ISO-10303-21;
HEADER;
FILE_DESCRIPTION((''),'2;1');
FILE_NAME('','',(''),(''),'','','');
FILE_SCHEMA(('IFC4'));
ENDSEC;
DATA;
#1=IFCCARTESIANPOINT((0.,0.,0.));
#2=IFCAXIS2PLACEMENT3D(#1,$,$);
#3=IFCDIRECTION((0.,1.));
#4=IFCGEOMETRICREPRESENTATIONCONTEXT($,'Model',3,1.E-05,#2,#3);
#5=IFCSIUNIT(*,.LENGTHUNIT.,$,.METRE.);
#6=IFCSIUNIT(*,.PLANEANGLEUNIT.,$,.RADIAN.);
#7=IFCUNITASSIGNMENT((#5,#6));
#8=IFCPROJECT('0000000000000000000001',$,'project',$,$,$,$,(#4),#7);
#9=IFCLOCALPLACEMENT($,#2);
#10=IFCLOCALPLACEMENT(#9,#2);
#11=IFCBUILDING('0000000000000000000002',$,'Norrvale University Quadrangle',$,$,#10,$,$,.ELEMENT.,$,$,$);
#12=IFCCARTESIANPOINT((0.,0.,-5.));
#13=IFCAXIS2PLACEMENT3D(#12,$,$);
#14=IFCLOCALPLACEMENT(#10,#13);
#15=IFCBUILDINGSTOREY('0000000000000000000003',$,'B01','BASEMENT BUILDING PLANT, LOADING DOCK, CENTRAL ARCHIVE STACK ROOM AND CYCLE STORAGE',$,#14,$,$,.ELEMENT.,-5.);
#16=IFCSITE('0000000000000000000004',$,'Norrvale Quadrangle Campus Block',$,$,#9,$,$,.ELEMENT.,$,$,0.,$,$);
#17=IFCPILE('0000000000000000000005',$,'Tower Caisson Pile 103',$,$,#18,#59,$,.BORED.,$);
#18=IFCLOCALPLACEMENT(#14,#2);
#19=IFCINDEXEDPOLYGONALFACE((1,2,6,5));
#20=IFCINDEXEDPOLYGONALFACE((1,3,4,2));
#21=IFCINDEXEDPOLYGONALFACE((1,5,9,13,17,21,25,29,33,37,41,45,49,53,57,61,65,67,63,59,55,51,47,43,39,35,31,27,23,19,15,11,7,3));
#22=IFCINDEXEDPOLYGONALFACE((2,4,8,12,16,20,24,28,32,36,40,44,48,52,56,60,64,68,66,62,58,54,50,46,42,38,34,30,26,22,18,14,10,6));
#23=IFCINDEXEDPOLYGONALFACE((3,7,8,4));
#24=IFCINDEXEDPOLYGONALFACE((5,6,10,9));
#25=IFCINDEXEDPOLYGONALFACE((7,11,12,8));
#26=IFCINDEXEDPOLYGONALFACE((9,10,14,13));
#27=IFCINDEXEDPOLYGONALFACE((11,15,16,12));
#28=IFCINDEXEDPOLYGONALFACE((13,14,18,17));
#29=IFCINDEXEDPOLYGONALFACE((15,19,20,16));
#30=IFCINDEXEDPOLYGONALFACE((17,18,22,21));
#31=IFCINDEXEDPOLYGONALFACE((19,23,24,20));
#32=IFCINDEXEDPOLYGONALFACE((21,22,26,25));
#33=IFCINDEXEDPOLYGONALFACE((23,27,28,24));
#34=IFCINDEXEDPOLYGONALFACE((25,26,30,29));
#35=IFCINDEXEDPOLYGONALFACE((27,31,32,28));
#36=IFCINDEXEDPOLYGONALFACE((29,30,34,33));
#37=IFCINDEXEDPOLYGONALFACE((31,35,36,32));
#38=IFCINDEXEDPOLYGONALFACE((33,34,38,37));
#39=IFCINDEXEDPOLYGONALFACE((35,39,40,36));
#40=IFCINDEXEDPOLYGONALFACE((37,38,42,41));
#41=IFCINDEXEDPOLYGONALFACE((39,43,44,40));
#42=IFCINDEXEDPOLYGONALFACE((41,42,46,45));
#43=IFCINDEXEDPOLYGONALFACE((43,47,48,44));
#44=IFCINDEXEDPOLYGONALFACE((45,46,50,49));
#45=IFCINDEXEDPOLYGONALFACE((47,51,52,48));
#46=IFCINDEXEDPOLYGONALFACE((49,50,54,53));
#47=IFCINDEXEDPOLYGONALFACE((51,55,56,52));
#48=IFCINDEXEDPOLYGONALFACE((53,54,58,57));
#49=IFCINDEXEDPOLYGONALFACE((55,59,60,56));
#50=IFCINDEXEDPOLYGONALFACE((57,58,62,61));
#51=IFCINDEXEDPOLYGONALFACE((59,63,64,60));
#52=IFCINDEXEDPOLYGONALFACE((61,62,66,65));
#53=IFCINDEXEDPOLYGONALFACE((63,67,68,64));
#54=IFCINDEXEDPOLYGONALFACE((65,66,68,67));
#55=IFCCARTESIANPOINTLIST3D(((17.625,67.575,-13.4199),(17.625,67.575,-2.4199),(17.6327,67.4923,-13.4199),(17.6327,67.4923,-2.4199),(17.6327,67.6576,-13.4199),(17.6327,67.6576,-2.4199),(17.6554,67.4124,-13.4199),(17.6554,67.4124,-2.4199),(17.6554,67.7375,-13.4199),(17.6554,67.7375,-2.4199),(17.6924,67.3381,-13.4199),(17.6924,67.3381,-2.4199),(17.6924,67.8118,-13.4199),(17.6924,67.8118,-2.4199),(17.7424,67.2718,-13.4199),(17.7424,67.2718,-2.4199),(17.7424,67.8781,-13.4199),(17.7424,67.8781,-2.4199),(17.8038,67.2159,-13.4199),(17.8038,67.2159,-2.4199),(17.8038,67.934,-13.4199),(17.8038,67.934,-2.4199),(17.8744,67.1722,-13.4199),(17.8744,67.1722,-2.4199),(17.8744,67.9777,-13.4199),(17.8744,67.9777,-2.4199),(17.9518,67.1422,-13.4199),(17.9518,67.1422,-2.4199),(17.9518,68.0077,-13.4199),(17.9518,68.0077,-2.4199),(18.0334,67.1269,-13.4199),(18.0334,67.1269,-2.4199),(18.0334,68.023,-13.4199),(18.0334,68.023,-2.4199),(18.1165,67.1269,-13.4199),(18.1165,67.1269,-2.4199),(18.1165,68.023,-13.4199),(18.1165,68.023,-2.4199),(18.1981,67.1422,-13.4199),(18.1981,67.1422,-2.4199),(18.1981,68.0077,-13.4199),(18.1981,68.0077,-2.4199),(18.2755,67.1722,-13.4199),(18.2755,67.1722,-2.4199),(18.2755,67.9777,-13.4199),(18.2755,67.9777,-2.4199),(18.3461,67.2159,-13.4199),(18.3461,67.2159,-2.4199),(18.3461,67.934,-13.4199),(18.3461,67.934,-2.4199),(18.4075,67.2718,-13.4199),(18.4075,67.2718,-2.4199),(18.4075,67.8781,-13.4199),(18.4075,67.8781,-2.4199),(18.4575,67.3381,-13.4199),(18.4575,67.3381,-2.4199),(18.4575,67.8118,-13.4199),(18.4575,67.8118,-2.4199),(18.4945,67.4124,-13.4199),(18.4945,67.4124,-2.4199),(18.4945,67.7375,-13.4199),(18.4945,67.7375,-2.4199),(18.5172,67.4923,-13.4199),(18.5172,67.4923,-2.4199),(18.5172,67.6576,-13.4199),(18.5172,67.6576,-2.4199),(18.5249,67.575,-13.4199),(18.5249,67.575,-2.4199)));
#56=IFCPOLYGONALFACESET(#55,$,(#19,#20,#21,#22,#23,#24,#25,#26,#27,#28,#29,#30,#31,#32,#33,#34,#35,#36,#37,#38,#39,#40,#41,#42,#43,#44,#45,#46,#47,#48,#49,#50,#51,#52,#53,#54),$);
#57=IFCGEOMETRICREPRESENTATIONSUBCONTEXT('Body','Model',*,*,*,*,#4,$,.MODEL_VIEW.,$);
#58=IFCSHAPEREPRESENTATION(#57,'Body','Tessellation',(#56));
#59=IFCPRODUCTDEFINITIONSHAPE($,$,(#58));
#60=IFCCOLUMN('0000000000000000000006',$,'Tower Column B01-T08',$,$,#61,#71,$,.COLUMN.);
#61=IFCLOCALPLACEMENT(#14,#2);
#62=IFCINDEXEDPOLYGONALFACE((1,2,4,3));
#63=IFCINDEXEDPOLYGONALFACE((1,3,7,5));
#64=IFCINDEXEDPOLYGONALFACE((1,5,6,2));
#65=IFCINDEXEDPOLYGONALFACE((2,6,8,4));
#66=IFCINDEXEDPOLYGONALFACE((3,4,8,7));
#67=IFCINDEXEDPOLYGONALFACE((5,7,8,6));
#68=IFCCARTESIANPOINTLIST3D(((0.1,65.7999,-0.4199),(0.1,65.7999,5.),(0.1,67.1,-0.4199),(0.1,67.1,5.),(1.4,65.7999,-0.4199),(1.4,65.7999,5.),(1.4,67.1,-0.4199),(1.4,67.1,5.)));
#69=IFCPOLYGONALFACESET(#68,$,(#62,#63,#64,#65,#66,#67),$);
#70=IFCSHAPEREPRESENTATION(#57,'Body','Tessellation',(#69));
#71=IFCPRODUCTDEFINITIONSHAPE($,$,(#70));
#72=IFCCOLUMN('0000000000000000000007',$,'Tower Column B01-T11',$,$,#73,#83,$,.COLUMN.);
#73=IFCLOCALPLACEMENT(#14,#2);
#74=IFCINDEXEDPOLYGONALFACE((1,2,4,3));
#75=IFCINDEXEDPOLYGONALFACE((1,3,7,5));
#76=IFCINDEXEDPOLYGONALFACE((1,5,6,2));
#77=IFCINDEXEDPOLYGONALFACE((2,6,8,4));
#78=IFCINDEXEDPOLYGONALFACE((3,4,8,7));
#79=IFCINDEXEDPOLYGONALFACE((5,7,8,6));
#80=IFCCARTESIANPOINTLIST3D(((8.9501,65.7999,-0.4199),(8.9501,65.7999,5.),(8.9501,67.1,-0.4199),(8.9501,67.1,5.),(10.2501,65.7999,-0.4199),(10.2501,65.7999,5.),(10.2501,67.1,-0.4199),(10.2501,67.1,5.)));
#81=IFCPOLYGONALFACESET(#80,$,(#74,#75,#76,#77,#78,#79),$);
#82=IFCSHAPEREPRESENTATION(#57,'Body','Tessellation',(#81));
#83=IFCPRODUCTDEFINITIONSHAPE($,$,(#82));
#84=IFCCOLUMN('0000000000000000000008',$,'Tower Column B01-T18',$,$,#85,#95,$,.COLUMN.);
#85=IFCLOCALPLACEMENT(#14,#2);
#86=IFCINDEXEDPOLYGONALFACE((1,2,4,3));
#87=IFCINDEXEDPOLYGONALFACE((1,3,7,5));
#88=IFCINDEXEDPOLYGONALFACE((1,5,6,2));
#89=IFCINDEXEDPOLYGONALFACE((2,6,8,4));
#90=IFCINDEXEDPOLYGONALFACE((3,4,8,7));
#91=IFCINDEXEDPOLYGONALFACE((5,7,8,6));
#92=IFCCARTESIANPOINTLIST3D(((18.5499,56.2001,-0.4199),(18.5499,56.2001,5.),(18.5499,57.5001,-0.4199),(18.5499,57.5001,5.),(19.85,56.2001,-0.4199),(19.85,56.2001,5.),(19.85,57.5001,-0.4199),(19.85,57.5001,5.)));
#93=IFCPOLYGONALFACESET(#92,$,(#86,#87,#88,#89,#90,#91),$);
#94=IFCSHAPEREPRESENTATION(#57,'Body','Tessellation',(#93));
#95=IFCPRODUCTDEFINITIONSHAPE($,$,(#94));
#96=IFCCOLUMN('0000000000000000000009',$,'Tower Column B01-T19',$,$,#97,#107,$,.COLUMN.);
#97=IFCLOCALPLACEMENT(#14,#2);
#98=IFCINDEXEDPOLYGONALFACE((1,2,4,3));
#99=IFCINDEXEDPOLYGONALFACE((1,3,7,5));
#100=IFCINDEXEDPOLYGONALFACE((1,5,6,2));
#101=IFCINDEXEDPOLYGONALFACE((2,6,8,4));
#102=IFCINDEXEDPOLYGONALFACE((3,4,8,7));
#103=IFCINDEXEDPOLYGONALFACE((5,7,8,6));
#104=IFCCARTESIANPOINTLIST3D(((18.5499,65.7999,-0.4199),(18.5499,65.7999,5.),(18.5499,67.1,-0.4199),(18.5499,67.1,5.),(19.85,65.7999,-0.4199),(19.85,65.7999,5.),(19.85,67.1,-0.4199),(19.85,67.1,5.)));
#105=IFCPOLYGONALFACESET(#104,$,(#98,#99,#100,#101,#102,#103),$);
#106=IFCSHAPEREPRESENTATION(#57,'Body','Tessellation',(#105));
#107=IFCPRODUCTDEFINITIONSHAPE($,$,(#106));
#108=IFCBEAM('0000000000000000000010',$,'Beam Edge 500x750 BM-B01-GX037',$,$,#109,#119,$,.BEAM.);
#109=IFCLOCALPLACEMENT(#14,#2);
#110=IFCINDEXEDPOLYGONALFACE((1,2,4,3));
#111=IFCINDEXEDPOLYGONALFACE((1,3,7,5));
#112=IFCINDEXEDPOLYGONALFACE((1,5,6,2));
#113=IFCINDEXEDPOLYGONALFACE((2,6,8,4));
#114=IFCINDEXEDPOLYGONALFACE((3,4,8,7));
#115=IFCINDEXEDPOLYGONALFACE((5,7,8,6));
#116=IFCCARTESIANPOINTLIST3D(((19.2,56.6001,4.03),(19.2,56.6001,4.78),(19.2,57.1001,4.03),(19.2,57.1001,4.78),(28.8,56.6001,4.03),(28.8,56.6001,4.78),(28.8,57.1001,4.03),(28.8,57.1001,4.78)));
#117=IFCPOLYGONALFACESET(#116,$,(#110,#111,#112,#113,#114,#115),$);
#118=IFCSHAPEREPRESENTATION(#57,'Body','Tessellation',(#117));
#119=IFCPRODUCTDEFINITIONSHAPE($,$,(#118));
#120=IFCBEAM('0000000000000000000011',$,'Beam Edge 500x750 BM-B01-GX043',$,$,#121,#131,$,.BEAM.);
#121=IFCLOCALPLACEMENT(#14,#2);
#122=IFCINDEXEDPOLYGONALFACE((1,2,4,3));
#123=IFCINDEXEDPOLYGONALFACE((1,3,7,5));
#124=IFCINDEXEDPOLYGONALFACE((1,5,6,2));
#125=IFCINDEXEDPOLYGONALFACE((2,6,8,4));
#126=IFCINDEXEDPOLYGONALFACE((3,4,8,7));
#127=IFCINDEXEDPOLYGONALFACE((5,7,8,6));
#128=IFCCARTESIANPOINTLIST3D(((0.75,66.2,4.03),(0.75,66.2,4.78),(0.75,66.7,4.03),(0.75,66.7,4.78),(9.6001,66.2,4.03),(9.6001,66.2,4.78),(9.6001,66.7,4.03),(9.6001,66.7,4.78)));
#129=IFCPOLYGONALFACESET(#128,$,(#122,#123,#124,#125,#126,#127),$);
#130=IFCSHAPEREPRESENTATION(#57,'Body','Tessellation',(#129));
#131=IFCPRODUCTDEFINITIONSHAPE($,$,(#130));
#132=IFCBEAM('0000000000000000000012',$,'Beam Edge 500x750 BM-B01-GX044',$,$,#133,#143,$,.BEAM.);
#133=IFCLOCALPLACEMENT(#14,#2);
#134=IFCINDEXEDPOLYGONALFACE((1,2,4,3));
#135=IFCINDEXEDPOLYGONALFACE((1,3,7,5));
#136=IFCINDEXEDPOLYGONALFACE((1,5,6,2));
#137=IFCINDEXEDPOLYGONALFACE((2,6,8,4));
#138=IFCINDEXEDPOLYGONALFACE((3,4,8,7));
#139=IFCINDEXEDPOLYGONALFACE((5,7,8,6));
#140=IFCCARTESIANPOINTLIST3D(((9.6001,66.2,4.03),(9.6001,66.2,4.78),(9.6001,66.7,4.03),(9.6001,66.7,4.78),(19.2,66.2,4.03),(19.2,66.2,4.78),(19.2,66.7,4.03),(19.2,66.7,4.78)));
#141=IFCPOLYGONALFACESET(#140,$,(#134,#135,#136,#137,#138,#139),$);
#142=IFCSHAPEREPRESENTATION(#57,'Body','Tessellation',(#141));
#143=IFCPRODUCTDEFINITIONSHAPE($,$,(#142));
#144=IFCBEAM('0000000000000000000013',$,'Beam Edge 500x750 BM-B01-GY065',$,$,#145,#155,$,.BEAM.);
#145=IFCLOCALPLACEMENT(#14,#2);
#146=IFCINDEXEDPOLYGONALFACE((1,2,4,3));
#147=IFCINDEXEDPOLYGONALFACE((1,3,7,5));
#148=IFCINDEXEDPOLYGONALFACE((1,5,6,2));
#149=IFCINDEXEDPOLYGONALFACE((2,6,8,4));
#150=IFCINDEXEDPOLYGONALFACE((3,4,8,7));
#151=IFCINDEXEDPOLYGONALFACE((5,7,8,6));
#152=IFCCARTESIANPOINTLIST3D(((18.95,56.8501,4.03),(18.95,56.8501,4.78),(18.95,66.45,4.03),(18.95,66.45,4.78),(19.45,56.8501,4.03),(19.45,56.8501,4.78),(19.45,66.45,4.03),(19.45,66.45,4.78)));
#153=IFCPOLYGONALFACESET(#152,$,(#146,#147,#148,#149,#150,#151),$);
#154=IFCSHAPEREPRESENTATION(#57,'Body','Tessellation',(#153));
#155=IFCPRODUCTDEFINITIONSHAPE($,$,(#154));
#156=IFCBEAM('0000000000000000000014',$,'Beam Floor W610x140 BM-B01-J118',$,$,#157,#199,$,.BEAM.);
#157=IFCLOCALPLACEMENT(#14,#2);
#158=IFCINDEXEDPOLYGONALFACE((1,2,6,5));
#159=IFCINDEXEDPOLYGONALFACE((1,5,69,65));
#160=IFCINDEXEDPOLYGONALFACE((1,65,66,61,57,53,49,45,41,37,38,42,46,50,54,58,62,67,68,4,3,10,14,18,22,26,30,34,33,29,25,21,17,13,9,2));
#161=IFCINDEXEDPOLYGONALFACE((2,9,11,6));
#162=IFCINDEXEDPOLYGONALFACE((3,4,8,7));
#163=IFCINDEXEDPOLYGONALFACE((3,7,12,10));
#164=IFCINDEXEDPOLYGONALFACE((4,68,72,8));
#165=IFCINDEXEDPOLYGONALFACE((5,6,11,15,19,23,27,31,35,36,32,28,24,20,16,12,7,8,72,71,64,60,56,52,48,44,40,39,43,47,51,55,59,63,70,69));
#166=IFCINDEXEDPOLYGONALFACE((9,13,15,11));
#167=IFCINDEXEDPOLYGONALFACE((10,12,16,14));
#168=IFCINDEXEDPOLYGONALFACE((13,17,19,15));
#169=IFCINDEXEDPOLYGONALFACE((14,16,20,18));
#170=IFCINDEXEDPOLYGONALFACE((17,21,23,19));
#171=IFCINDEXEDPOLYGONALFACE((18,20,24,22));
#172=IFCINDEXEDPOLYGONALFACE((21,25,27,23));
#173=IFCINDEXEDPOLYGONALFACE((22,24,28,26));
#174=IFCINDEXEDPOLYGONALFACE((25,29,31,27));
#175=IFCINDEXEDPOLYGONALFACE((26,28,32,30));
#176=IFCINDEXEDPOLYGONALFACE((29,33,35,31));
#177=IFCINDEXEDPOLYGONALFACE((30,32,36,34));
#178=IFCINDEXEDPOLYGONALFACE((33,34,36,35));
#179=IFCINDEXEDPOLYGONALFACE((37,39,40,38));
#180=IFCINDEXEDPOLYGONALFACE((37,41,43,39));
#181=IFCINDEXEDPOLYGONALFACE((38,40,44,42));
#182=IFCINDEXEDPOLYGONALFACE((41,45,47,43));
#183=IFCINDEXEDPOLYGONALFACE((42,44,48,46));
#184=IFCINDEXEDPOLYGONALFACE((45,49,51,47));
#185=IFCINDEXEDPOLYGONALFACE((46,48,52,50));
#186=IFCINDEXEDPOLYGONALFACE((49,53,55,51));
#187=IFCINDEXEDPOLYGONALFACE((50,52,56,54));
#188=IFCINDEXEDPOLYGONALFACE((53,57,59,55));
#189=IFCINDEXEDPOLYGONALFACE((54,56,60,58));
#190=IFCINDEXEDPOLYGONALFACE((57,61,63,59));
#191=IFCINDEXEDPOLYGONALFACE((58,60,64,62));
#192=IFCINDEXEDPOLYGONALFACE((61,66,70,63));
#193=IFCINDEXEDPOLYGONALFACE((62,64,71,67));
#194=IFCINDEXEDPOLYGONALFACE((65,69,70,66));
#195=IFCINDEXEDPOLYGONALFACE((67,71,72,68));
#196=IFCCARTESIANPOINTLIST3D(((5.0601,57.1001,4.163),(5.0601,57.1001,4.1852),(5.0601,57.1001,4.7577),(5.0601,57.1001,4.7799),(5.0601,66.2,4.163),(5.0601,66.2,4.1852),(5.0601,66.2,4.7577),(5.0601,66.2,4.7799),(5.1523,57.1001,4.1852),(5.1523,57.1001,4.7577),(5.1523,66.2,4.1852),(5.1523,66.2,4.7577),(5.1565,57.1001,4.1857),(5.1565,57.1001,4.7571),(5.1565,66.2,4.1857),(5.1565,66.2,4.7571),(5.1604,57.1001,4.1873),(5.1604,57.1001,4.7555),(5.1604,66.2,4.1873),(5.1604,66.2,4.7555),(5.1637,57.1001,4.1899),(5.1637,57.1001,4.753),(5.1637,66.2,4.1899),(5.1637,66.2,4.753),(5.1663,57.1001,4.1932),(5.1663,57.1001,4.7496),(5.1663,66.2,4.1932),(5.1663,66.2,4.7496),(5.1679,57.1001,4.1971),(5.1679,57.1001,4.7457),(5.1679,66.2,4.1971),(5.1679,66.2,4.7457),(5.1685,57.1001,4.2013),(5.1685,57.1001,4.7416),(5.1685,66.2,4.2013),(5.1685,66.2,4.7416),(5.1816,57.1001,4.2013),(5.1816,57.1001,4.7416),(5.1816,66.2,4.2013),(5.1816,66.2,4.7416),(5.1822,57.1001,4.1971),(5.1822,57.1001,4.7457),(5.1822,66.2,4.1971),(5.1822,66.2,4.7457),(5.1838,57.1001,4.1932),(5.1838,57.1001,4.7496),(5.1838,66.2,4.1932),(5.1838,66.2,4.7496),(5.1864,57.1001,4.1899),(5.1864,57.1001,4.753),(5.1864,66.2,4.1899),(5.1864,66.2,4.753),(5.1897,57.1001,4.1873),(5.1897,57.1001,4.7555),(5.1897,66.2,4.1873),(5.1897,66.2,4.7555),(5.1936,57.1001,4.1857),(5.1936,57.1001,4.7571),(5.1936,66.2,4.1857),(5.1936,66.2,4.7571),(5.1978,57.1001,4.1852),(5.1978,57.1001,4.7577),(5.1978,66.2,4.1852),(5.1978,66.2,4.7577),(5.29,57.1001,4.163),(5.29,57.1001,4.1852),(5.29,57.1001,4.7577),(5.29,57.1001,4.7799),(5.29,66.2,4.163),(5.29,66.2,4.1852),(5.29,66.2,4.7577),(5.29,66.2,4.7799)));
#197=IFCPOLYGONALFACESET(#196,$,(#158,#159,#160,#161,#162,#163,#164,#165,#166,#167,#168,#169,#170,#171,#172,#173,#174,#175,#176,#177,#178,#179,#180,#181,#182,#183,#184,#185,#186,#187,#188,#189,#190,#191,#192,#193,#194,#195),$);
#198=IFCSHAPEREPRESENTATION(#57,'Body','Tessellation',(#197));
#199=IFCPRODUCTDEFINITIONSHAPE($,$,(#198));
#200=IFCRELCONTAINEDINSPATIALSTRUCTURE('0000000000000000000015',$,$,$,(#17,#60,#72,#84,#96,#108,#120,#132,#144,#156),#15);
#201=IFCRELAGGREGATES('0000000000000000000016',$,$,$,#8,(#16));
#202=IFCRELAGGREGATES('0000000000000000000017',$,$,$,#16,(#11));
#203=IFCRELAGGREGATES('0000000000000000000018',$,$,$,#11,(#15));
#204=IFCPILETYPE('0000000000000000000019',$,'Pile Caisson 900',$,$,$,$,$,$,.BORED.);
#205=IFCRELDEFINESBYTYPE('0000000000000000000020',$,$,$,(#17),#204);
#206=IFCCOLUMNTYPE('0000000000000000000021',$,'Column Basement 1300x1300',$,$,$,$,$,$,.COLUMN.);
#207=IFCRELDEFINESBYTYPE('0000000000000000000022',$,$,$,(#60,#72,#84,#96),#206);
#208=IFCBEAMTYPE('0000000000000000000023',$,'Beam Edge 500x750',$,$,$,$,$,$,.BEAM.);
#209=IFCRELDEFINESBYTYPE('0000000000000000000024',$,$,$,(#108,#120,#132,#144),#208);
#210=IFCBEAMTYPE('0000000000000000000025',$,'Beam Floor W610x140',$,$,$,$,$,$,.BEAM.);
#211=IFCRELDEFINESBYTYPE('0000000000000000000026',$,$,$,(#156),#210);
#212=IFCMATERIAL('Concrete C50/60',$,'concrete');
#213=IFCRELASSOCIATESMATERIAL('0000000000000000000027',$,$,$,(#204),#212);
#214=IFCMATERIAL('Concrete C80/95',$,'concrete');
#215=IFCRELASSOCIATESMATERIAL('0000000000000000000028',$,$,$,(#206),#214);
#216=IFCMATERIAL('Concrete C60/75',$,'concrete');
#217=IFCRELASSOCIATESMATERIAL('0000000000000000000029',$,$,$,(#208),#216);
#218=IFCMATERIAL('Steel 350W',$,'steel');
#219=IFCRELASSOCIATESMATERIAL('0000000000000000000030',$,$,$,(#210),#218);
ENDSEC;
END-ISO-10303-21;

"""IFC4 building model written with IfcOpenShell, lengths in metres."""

from ifc_helpers import new_model, si_unit, direction, frame, origin, origin_2d, place, context, subcontext, project, spatial, rectangle, circle, i_section, extrude, material, material_profile, profile_set, type_object, element, save


model = new_model("IFC4")

# Units and contexts
model_context = context("Model", 3, precision=1e-05, world=origin(), true_north=direction((0.0, 1.0)))
body_context = subcontext(model_context, "Body", "Model", "MODEL_VIEW")
ifc_project = project(units=[si_unit("LENGTHUNIT", "METRE"), si_unit("PLANEANGLEUNIT", "RADIAN")], contexts=[model_context])

# Site, building, storey
site_placement = place(None, origin())
site = spatial("IfcSite", under=ifc_project, at=site_placement, Name="Norrvale Quadrangle Campus Block", CompositionType="ELEMENT", RefElevation=0.0)
building_placement = place(site_placement, origin())
building = spatial("IfcBuilding", under=site, at=building_placement, Name="Norrvale University Quadrangle", CompositionType="ELEMENT")
storey_placement = place(building_placement, frame((0.0, 0.0, -5.0)))
storey = spatial("IfcBuildingStorey", under=building, at=storey_placement, Name="B01", Description="BASEMENT BUILDING PLANT, LOADING DOCK, CENTRAL ARCHIVE STACK ROOM AND CYCLE STORAGE", CompositionType="ELEMENT", Elevation=-5.0)

# Shared definitions
ifc_material_1 = material(Name="Concrete C50/60", Category="concrete")

# Pile
ifc_material_profile_1 = material_profile(ifc_material_1, circle(Radius=0.45, at=origin_2d()), Name="Concrete C50/60")
ifc_profile_set_1 = profile_set([ifc_material_profile_1], Name="Concrete C50/60")
pile_type = type_object("IfcPileType", Name="Pile Caisson 900", PredefinedType="BORED", material=ifc_profile_set_1)
for number, where, z_axis, x_axis, name in (
    (1, (18.075, 67.575, -2.4199), (0.0, 0.0, -1.0), (1.0, 0.0, 0.0), "Tower Caisson Pile 103"),
):
    element("IfcPile", number, at=place(storey_placement, frame(where, z_axis=z_axis, x_axis=x_axis)), inside=storey, type_object=pile_type, Name=name, PredefinedType="BORED", context=body_context, shape_type="SweptSolid", body=[
        extrude(circle(Radius=0.45, at=origin_2d()), origin(), (0.0, 0.0, 1.0), 11.0),
    ])

# Columns
ifc_material_2 = material(Name="Concrete C80/95", Category="concrete")
ifc_material_profile_2 = material_profile(ifc_material_2, rectangle(XDim=1.3, YDim=1.3, at=origin_2d()), Name="Concrete C80/95")
ifc_profile_set_2 = profile_set([ifc_material_profile_2], Name="Concrete C80/95")
column_type = type_object("IfcColumnType", Name="Column Basement 1300x1300", PredefinedType="COLUMN", material=ifc_profile_set_2)
for number, where, z_axis, x_axis, name in (
    (2, (0.75, 66.45, -0.4199), (0.0, 0.0, 1.0), (1.0, 0.0, 0.0), "Tower Column B01-T08"),
    (3, (9.6001, 66.45, -0.4199), (0.0, 0.0, 1.0), (1.0, 0.0, 0.0), "Tower Column B01-T11"),
    (4, (19.2, 56.8501, -0.4199), (0.0, 0.0, 1.0), (1.0, 0.0, 0.0), "Tower Column B01-T18"),
    (5, (19.2, 66.45, -0.4199), (0.0, 0.0, 1.0), (1.0, 0.0, 0.0), "Tower Column B01-T19"),
):
    element("IfcColumn", number, at=place(storey_placement, frame(where, z_axis=z_axis, x_axis=x_axis)), inside=storey, type_object=column_type, Name=name, PredefinedType="COLUMN", context=body_context, shape_type="SweptSolid", body=[
        extrude(rectangle(XDim=1.3, YDim=1.3, at=origin_2d()), origin(), (0.0, 0.0, 1.0), 5.4199),
    ])

# Beams
ifc_material_3 = material(Name="Concrete C60/75", Category="concrete")
ifc_material_profile_3 = material_profile(ifc_material_3, rectangle(XDim=0.5, YDim=0.75, at=origin_2d()), Name="Concrete C60/75")
ifc_profile_set_3 = profile_set([ifc_material_profile_3], Name="Concrete C60/75")
beam_type_1 = type_object("IfcBeamType", Name="Beam Edge 500x750", PredefinedType="BEAM", material=ifc_profile_set_3)
beam_1_placement = place(storey_placement, frame((19.2, 56.8501, 4.405), z_axis=(1.0, 0.0, 0.0), x_axis=(0.0, 1.0, 0.0)))
element("IfcBeam", 6, at=beam_1_placement, inside=storey, type_object=beam_type_1, Name="Beam Edge 500x750 BM-B01-GX037", PredefinedType="BEAM", context=body_context, shape_type="SweptSolid", body=[
    extrude(rectangle(XDim=0.5, YDim=0.75, at=origin_2d()), origin(), (0.0, 0.0, 1.0), 9.6001),
])
beam_2_placement = place(storey_placement, frame((0.75, 66.45, 4.405), z_axis=(1.0, 0.0, 0.0), x_axis=(0.0, 1.0, 0.0)))
element("IfcBeam", 7, at=beam_2_placement, inside=storey, type_object=beam_type_1, Name="Beam Edge 500x750 BM-B01-GX043", PredefinedType="BEAM", context=body_context, shape_type="SweptSolid", body=[
    extrude(rectangle(XDim=0.5, YDim=0.75, at=origin_2d()), origin(), (0.0, 0.0, 1.0), 8.8501),
])
for number, where, z_axis, x_axis, name in (
    (8, (9.6001, 66.45, 4.405), (1.0, 0.0, 0.0), (0.0, 1.0, 0.0), "Beam Edge 500x750 BM-B01-GX044"),
    (9, (19.2, 56.8501, 4.405), (0.0, 1.0, 0.0), (-1.0, 0.0, 0.0), "Beam Edge 500x750 BM-B01-GY065"),
):
    element("IfcBeam", number, at=place(storey_placement, frame(where, z_axis=z_axis, x_axis=x_axis)), inside=storey, type_object=beam_type_1, Name=name, PredefinedType="BEAM", context=body_context, shape_type="SweptSolid", body=[
        extrude(rectangle(XDim=0.5, YDim=0.75, at=origin_2d()), origin(), (0.0, 0.0, 1.0), 9.5999),
    ])
ifc_material_4 = material(Name="Steel 350W", Category="steel")
ifc_material_profile_4 = material_profile(ifc_material_4, i_section(OverallWidth=0.23, OverallDepth=0.6169, WebThickness=0.0132, FlangeThickness=0.0222, FilletRadius=0.0161, at=origin_2d()), Name="Steel 350W")
ifc_profile_set_4 = profile_set([ifc_material_profile_4], Name="Steel 350W")
beam_type_2 = type_object("IfcBeamType", Name="Beam Floor W610x140", PredefinedType="BEAM", material=ifc_profile_set_4)
for number, where, z_axis, x_axis, name in (
    (10, (5.175, 57.1001, 4.4714), (0.0, 1.0, 0.0), (-1.0, 0.0, 0.0), "Beam Floor W610x140 BM-B01-J118"),
):
    element("IfcBeam", number, at=place(storey_placement, frame(where, z_axis=z_axis, x_axis=x_axis)), inside=storey, type_object=beam_type_2, Name=name, PredefinedType="BEAM", context=body_context, shape_type="SweptSolid", body=[
        extrude(i_section(OverallWidth=0.23, OverallDepth=0.6169, WebThickness=0.0132, FlangeThickness=0.0222, FilletRadius=0.0161, at=origin_2d()), origin(), (0.0, 0.0, 1.0), 9.0999),
    ])

save(model, "model.ifc")
